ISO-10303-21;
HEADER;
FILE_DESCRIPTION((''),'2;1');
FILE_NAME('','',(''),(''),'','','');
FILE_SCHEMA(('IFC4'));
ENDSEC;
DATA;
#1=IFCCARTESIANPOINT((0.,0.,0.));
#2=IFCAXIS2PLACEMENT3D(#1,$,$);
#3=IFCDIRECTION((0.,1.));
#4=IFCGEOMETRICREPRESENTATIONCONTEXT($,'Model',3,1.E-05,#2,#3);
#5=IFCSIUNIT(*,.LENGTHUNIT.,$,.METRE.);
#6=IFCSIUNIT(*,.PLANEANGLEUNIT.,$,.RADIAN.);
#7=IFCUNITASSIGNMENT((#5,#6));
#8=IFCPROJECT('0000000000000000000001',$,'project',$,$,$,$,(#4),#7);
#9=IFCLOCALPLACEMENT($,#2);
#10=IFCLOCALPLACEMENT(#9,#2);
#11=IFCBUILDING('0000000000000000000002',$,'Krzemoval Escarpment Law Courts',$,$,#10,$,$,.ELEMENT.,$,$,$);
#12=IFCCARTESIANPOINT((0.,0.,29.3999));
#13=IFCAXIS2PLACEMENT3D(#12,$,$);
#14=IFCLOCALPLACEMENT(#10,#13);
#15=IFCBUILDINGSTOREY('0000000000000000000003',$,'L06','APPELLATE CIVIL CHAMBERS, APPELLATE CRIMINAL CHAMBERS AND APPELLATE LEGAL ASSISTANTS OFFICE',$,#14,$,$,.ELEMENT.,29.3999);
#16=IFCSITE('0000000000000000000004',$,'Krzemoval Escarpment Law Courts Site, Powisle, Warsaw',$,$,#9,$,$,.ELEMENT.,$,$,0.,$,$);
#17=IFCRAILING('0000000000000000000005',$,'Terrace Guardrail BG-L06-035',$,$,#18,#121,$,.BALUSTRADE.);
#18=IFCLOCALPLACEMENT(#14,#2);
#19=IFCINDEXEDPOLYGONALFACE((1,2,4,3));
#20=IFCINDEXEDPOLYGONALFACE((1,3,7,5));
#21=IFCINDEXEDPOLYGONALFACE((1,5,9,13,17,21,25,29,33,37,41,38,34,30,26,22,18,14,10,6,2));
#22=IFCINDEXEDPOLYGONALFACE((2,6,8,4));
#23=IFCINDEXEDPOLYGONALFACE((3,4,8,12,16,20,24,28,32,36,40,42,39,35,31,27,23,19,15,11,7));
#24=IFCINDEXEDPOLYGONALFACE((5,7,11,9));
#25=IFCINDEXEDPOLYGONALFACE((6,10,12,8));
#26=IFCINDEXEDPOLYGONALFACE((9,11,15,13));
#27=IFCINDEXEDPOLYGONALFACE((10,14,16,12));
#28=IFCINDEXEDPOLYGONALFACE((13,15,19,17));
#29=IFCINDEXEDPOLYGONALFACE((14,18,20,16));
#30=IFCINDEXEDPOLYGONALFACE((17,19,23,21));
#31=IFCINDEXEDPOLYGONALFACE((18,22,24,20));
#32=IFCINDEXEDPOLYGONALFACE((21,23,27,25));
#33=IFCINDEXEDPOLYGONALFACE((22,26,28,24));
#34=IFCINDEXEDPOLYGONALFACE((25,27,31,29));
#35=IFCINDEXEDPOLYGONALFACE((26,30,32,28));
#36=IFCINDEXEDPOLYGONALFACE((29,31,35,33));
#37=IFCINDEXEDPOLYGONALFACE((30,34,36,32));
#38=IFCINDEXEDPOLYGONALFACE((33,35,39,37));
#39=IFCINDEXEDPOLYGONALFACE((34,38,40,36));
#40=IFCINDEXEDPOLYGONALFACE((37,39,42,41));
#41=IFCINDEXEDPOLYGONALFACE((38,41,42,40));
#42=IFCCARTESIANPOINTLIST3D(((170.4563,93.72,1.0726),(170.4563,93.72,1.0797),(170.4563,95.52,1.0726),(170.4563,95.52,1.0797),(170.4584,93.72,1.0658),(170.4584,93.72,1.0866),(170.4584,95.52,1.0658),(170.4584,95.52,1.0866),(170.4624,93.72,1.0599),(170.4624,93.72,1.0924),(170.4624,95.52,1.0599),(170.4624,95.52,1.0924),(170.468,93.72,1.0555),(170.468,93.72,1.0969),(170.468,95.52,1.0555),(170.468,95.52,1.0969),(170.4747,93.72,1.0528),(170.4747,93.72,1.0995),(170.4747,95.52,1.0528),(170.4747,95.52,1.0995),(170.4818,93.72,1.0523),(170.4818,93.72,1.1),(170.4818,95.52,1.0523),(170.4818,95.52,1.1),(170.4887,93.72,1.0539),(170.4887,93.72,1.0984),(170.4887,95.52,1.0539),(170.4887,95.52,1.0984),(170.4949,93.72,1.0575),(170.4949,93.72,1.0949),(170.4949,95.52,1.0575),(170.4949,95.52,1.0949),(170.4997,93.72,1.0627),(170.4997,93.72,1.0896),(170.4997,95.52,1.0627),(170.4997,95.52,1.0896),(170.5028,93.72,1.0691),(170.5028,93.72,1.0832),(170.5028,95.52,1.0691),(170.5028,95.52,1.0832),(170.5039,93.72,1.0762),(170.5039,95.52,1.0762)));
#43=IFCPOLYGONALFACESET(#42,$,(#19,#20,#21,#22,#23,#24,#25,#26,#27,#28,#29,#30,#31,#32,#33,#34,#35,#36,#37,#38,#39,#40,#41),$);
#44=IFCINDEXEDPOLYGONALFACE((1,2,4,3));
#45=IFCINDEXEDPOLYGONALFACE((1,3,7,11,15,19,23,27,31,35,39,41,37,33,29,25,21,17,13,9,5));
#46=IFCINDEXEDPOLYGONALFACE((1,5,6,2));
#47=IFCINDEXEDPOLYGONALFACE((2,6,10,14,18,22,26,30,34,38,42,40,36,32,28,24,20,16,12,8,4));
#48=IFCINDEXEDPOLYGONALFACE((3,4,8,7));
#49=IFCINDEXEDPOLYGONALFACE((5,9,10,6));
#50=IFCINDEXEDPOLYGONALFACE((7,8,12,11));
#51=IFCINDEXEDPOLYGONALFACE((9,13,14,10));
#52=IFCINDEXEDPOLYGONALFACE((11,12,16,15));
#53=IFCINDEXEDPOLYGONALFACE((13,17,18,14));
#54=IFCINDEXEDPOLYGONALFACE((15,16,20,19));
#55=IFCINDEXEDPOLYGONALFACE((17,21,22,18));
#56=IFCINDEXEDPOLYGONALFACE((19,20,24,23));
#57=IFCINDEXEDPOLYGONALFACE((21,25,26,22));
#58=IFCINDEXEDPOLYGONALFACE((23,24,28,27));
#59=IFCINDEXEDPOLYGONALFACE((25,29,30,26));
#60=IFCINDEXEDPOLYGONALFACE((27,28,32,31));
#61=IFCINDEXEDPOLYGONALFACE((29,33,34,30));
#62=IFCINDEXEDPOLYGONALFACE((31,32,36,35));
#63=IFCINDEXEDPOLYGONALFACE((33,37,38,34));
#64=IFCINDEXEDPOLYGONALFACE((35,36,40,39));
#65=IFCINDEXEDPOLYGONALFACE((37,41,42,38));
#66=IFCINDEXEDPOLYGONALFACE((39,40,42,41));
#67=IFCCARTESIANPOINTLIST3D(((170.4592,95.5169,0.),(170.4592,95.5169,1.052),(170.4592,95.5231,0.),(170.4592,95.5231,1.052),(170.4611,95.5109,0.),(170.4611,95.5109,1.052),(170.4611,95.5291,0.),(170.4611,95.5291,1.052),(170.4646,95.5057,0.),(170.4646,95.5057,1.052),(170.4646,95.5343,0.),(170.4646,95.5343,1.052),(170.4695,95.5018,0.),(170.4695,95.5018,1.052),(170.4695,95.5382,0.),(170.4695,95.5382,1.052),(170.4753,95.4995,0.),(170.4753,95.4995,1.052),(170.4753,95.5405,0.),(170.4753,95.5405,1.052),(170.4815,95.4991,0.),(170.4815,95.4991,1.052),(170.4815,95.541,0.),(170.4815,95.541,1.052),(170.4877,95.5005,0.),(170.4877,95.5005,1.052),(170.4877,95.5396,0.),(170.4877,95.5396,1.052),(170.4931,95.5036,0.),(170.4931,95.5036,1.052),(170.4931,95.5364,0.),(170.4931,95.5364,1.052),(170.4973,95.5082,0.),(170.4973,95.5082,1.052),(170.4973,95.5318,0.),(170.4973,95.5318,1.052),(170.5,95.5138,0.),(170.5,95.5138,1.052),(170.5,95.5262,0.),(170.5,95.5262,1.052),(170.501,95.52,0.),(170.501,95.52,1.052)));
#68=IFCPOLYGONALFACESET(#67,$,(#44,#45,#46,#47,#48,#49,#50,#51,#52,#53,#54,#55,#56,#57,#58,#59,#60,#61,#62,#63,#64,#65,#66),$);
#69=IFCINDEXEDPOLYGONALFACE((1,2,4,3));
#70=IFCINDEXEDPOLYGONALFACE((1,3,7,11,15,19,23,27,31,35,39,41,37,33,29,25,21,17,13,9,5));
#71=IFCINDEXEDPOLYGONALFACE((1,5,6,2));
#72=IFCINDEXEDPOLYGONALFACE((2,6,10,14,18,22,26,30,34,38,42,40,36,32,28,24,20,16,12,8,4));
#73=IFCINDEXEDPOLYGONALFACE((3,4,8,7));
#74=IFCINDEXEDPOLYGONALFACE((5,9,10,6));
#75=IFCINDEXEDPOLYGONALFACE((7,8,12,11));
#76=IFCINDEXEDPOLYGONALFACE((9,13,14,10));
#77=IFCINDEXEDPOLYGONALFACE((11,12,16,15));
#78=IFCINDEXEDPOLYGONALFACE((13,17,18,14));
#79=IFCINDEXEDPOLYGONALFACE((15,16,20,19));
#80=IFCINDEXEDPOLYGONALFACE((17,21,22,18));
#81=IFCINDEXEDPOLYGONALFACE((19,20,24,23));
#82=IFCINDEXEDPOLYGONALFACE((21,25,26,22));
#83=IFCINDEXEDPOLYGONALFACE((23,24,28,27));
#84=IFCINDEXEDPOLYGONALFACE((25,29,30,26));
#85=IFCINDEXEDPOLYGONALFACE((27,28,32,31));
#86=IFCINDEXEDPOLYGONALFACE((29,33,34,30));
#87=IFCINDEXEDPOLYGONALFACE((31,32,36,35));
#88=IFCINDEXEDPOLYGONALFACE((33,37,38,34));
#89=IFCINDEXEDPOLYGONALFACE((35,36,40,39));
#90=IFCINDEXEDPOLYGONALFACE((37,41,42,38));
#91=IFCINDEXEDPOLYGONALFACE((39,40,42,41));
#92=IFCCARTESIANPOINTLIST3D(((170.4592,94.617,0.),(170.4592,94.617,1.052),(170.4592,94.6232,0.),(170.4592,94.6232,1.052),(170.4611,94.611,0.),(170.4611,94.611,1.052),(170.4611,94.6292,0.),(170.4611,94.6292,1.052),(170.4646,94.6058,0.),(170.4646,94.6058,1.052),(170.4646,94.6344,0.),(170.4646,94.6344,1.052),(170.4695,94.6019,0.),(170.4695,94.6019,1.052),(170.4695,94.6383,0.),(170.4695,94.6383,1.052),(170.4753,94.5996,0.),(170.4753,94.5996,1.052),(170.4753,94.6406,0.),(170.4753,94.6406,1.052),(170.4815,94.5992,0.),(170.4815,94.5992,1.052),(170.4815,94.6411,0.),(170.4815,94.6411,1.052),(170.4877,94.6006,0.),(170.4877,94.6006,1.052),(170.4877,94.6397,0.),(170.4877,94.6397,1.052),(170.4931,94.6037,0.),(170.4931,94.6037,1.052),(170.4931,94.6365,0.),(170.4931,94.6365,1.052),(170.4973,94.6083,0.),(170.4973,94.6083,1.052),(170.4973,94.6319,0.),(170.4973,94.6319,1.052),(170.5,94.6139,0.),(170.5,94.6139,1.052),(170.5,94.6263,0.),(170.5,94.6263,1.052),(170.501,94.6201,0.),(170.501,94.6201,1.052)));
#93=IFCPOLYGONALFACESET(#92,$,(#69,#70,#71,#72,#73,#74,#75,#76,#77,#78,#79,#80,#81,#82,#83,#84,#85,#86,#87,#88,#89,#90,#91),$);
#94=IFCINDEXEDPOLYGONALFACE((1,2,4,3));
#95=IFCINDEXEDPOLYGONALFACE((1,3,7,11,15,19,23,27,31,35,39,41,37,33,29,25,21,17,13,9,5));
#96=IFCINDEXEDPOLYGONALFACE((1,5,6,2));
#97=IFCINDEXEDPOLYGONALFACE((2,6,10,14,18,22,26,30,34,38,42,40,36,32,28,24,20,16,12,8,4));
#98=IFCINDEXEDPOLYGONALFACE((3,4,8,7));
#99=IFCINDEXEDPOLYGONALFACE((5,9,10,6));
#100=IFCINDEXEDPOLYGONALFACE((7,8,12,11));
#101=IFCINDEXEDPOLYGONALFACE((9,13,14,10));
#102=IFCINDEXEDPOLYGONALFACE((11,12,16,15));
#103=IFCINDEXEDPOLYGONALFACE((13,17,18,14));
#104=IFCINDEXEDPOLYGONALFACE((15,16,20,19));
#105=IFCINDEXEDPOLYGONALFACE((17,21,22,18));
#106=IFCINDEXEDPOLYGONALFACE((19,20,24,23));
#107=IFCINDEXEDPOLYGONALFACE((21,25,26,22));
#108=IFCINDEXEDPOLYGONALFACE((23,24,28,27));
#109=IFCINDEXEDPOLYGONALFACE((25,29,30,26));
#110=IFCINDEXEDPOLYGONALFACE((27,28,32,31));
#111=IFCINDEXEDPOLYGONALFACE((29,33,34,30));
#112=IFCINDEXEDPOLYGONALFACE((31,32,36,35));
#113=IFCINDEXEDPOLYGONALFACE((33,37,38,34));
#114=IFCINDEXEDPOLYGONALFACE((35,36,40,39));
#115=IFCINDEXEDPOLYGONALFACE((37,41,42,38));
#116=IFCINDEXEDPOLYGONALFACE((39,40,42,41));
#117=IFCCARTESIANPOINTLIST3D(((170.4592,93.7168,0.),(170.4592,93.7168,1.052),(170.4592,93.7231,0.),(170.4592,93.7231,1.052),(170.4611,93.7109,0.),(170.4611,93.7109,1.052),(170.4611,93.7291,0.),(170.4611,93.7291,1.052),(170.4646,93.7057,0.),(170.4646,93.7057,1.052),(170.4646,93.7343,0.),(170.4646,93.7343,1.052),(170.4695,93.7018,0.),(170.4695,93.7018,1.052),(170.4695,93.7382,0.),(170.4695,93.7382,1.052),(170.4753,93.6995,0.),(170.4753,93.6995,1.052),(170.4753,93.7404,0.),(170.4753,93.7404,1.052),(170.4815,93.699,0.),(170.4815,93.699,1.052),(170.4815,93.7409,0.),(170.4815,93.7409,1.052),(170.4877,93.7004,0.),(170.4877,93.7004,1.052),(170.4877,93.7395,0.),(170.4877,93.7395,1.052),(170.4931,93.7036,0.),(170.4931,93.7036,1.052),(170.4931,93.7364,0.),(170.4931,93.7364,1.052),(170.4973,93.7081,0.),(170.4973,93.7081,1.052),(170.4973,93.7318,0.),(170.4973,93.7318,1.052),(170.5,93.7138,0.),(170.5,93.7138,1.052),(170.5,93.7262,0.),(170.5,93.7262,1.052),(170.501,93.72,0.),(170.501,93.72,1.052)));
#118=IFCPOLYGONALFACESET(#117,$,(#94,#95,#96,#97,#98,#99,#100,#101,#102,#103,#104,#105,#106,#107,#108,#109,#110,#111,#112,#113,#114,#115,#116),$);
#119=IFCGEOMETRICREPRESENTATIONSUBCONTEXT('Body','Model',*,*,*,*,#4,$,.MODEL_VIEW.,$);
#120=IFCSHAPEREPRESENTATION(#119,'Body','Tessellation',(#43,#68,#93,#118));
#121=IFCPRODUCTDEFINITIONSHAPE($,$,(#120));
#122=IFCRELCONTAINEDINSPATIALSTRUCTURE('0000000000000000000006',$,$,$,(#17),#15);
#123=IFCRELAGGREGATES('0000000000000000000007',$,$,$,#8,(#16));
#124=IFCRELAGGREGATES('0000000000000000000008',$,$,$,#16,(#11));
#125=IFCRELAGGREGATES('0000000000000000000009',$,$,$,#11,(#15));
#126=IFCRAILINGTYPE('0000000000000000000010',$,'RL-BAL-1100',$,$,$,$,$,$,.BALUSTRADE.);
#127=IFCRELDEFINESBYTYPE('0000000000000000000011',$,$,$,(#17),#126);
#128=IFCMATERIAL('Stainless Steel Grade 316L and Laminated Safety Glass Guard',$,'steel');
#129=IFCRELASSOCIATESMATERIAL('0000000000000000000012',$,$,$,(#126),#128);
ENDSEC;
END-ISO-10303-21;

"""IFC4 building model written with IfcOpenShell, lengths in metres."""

from ifc_helpers import new_model, si_unit, direction, frame, origin, origin_2d, place, context, subcontext, project, spatial, circle, extrude, material, type_object, element, save


model = new_model("IFC4")

# Units and contexts
model_context = context("Model", 3, precision=1e-05, world=origin(), true_north=direction((0.0, 1.0)))
body_context = subcontext(model_context, "Body", "Model", "MODEL_VIEW")
ifc_project = project(units=[si_unit("LENGTHUNIT", "METRE"), si_unit("PLANEANGLEUNIT", "RADIAN")], contexts=[model_context])

# Site, building, storey
site_placement = place(None, origin())
site = spatial("IfcSite", under=ifc_project, at=site_placement, Name="Krzemoval Escarpment Law Courts Site, Powisle, Warsaw", CompositionType="ELEMENT", RefElevation=0.0)
building_placement = place(site_placement, origin())
building = spatial("IfcBuilding", under=site, at=building_placement, Name="Krzemoval Escarpment Law Courts", CompositionType="ELEMENT")
storey_placement = place(building_placement, frame((0.0, 0.0, 29.3999)))
storey = spatial("IfcBuildingStorey", under=building, at=storey_placement, Name="L06", Description="APPELLATE CIVIL CHAMBERS, APPELLATE CRIMINAL CHAMBERS AND APPELLATE LEGAL ASSISTANTS OFFICE", CompositionType="ELEMENT", Elevation=29.3999)

# Railing
ifc_material_1 = material(Name="Stainless Steel Grade 316L and Laminated Safety Glass Guard", Category="steel")
railing_type = type_object("IfcRailingType", Name="RL-BAL-1100", PredefinedType="BALUSTRADE", material=ifc_material_1)
railing_1_placement = place(storey_placement, frame((170.48, 95.52, 0.0)))
element("IfcRailing", 1, at=railing_1_placement, inside=storey, type_object=railing_type, Name="Terrace Guardrail BG-L06-035", PredefinedType="BALUSTRADE", context=body_context, shape_type="SweptSolid", body=[
    extrude(circle(Radius=0.0239, at=origin_2d()), frame((0.0, 0.0, 1.0762), z_axis=(0.0, -1.0, 0.0), x_axis=(1.0, 0.0, 0.0)), (0.0, 0.0, 1.0), 1.8),
    extrude(circle(Radius=0.021, at=origin_2d()), origin(), (0.0, 0.0, 1.0), 1.052),
    extrude(circle(Radius=0.021, at=origin_2d()), frame((0.0, -0.8999, 0.0)), (0.0, 0.0, 1.0), 1.052),
    extrude(circle(Radius=0.021, at=origin_2d()), frame((0.0, -1.8, 0.0)), (0.0, 0.0, 1.0), 1.052),
])

save(model, "model.ifc")
